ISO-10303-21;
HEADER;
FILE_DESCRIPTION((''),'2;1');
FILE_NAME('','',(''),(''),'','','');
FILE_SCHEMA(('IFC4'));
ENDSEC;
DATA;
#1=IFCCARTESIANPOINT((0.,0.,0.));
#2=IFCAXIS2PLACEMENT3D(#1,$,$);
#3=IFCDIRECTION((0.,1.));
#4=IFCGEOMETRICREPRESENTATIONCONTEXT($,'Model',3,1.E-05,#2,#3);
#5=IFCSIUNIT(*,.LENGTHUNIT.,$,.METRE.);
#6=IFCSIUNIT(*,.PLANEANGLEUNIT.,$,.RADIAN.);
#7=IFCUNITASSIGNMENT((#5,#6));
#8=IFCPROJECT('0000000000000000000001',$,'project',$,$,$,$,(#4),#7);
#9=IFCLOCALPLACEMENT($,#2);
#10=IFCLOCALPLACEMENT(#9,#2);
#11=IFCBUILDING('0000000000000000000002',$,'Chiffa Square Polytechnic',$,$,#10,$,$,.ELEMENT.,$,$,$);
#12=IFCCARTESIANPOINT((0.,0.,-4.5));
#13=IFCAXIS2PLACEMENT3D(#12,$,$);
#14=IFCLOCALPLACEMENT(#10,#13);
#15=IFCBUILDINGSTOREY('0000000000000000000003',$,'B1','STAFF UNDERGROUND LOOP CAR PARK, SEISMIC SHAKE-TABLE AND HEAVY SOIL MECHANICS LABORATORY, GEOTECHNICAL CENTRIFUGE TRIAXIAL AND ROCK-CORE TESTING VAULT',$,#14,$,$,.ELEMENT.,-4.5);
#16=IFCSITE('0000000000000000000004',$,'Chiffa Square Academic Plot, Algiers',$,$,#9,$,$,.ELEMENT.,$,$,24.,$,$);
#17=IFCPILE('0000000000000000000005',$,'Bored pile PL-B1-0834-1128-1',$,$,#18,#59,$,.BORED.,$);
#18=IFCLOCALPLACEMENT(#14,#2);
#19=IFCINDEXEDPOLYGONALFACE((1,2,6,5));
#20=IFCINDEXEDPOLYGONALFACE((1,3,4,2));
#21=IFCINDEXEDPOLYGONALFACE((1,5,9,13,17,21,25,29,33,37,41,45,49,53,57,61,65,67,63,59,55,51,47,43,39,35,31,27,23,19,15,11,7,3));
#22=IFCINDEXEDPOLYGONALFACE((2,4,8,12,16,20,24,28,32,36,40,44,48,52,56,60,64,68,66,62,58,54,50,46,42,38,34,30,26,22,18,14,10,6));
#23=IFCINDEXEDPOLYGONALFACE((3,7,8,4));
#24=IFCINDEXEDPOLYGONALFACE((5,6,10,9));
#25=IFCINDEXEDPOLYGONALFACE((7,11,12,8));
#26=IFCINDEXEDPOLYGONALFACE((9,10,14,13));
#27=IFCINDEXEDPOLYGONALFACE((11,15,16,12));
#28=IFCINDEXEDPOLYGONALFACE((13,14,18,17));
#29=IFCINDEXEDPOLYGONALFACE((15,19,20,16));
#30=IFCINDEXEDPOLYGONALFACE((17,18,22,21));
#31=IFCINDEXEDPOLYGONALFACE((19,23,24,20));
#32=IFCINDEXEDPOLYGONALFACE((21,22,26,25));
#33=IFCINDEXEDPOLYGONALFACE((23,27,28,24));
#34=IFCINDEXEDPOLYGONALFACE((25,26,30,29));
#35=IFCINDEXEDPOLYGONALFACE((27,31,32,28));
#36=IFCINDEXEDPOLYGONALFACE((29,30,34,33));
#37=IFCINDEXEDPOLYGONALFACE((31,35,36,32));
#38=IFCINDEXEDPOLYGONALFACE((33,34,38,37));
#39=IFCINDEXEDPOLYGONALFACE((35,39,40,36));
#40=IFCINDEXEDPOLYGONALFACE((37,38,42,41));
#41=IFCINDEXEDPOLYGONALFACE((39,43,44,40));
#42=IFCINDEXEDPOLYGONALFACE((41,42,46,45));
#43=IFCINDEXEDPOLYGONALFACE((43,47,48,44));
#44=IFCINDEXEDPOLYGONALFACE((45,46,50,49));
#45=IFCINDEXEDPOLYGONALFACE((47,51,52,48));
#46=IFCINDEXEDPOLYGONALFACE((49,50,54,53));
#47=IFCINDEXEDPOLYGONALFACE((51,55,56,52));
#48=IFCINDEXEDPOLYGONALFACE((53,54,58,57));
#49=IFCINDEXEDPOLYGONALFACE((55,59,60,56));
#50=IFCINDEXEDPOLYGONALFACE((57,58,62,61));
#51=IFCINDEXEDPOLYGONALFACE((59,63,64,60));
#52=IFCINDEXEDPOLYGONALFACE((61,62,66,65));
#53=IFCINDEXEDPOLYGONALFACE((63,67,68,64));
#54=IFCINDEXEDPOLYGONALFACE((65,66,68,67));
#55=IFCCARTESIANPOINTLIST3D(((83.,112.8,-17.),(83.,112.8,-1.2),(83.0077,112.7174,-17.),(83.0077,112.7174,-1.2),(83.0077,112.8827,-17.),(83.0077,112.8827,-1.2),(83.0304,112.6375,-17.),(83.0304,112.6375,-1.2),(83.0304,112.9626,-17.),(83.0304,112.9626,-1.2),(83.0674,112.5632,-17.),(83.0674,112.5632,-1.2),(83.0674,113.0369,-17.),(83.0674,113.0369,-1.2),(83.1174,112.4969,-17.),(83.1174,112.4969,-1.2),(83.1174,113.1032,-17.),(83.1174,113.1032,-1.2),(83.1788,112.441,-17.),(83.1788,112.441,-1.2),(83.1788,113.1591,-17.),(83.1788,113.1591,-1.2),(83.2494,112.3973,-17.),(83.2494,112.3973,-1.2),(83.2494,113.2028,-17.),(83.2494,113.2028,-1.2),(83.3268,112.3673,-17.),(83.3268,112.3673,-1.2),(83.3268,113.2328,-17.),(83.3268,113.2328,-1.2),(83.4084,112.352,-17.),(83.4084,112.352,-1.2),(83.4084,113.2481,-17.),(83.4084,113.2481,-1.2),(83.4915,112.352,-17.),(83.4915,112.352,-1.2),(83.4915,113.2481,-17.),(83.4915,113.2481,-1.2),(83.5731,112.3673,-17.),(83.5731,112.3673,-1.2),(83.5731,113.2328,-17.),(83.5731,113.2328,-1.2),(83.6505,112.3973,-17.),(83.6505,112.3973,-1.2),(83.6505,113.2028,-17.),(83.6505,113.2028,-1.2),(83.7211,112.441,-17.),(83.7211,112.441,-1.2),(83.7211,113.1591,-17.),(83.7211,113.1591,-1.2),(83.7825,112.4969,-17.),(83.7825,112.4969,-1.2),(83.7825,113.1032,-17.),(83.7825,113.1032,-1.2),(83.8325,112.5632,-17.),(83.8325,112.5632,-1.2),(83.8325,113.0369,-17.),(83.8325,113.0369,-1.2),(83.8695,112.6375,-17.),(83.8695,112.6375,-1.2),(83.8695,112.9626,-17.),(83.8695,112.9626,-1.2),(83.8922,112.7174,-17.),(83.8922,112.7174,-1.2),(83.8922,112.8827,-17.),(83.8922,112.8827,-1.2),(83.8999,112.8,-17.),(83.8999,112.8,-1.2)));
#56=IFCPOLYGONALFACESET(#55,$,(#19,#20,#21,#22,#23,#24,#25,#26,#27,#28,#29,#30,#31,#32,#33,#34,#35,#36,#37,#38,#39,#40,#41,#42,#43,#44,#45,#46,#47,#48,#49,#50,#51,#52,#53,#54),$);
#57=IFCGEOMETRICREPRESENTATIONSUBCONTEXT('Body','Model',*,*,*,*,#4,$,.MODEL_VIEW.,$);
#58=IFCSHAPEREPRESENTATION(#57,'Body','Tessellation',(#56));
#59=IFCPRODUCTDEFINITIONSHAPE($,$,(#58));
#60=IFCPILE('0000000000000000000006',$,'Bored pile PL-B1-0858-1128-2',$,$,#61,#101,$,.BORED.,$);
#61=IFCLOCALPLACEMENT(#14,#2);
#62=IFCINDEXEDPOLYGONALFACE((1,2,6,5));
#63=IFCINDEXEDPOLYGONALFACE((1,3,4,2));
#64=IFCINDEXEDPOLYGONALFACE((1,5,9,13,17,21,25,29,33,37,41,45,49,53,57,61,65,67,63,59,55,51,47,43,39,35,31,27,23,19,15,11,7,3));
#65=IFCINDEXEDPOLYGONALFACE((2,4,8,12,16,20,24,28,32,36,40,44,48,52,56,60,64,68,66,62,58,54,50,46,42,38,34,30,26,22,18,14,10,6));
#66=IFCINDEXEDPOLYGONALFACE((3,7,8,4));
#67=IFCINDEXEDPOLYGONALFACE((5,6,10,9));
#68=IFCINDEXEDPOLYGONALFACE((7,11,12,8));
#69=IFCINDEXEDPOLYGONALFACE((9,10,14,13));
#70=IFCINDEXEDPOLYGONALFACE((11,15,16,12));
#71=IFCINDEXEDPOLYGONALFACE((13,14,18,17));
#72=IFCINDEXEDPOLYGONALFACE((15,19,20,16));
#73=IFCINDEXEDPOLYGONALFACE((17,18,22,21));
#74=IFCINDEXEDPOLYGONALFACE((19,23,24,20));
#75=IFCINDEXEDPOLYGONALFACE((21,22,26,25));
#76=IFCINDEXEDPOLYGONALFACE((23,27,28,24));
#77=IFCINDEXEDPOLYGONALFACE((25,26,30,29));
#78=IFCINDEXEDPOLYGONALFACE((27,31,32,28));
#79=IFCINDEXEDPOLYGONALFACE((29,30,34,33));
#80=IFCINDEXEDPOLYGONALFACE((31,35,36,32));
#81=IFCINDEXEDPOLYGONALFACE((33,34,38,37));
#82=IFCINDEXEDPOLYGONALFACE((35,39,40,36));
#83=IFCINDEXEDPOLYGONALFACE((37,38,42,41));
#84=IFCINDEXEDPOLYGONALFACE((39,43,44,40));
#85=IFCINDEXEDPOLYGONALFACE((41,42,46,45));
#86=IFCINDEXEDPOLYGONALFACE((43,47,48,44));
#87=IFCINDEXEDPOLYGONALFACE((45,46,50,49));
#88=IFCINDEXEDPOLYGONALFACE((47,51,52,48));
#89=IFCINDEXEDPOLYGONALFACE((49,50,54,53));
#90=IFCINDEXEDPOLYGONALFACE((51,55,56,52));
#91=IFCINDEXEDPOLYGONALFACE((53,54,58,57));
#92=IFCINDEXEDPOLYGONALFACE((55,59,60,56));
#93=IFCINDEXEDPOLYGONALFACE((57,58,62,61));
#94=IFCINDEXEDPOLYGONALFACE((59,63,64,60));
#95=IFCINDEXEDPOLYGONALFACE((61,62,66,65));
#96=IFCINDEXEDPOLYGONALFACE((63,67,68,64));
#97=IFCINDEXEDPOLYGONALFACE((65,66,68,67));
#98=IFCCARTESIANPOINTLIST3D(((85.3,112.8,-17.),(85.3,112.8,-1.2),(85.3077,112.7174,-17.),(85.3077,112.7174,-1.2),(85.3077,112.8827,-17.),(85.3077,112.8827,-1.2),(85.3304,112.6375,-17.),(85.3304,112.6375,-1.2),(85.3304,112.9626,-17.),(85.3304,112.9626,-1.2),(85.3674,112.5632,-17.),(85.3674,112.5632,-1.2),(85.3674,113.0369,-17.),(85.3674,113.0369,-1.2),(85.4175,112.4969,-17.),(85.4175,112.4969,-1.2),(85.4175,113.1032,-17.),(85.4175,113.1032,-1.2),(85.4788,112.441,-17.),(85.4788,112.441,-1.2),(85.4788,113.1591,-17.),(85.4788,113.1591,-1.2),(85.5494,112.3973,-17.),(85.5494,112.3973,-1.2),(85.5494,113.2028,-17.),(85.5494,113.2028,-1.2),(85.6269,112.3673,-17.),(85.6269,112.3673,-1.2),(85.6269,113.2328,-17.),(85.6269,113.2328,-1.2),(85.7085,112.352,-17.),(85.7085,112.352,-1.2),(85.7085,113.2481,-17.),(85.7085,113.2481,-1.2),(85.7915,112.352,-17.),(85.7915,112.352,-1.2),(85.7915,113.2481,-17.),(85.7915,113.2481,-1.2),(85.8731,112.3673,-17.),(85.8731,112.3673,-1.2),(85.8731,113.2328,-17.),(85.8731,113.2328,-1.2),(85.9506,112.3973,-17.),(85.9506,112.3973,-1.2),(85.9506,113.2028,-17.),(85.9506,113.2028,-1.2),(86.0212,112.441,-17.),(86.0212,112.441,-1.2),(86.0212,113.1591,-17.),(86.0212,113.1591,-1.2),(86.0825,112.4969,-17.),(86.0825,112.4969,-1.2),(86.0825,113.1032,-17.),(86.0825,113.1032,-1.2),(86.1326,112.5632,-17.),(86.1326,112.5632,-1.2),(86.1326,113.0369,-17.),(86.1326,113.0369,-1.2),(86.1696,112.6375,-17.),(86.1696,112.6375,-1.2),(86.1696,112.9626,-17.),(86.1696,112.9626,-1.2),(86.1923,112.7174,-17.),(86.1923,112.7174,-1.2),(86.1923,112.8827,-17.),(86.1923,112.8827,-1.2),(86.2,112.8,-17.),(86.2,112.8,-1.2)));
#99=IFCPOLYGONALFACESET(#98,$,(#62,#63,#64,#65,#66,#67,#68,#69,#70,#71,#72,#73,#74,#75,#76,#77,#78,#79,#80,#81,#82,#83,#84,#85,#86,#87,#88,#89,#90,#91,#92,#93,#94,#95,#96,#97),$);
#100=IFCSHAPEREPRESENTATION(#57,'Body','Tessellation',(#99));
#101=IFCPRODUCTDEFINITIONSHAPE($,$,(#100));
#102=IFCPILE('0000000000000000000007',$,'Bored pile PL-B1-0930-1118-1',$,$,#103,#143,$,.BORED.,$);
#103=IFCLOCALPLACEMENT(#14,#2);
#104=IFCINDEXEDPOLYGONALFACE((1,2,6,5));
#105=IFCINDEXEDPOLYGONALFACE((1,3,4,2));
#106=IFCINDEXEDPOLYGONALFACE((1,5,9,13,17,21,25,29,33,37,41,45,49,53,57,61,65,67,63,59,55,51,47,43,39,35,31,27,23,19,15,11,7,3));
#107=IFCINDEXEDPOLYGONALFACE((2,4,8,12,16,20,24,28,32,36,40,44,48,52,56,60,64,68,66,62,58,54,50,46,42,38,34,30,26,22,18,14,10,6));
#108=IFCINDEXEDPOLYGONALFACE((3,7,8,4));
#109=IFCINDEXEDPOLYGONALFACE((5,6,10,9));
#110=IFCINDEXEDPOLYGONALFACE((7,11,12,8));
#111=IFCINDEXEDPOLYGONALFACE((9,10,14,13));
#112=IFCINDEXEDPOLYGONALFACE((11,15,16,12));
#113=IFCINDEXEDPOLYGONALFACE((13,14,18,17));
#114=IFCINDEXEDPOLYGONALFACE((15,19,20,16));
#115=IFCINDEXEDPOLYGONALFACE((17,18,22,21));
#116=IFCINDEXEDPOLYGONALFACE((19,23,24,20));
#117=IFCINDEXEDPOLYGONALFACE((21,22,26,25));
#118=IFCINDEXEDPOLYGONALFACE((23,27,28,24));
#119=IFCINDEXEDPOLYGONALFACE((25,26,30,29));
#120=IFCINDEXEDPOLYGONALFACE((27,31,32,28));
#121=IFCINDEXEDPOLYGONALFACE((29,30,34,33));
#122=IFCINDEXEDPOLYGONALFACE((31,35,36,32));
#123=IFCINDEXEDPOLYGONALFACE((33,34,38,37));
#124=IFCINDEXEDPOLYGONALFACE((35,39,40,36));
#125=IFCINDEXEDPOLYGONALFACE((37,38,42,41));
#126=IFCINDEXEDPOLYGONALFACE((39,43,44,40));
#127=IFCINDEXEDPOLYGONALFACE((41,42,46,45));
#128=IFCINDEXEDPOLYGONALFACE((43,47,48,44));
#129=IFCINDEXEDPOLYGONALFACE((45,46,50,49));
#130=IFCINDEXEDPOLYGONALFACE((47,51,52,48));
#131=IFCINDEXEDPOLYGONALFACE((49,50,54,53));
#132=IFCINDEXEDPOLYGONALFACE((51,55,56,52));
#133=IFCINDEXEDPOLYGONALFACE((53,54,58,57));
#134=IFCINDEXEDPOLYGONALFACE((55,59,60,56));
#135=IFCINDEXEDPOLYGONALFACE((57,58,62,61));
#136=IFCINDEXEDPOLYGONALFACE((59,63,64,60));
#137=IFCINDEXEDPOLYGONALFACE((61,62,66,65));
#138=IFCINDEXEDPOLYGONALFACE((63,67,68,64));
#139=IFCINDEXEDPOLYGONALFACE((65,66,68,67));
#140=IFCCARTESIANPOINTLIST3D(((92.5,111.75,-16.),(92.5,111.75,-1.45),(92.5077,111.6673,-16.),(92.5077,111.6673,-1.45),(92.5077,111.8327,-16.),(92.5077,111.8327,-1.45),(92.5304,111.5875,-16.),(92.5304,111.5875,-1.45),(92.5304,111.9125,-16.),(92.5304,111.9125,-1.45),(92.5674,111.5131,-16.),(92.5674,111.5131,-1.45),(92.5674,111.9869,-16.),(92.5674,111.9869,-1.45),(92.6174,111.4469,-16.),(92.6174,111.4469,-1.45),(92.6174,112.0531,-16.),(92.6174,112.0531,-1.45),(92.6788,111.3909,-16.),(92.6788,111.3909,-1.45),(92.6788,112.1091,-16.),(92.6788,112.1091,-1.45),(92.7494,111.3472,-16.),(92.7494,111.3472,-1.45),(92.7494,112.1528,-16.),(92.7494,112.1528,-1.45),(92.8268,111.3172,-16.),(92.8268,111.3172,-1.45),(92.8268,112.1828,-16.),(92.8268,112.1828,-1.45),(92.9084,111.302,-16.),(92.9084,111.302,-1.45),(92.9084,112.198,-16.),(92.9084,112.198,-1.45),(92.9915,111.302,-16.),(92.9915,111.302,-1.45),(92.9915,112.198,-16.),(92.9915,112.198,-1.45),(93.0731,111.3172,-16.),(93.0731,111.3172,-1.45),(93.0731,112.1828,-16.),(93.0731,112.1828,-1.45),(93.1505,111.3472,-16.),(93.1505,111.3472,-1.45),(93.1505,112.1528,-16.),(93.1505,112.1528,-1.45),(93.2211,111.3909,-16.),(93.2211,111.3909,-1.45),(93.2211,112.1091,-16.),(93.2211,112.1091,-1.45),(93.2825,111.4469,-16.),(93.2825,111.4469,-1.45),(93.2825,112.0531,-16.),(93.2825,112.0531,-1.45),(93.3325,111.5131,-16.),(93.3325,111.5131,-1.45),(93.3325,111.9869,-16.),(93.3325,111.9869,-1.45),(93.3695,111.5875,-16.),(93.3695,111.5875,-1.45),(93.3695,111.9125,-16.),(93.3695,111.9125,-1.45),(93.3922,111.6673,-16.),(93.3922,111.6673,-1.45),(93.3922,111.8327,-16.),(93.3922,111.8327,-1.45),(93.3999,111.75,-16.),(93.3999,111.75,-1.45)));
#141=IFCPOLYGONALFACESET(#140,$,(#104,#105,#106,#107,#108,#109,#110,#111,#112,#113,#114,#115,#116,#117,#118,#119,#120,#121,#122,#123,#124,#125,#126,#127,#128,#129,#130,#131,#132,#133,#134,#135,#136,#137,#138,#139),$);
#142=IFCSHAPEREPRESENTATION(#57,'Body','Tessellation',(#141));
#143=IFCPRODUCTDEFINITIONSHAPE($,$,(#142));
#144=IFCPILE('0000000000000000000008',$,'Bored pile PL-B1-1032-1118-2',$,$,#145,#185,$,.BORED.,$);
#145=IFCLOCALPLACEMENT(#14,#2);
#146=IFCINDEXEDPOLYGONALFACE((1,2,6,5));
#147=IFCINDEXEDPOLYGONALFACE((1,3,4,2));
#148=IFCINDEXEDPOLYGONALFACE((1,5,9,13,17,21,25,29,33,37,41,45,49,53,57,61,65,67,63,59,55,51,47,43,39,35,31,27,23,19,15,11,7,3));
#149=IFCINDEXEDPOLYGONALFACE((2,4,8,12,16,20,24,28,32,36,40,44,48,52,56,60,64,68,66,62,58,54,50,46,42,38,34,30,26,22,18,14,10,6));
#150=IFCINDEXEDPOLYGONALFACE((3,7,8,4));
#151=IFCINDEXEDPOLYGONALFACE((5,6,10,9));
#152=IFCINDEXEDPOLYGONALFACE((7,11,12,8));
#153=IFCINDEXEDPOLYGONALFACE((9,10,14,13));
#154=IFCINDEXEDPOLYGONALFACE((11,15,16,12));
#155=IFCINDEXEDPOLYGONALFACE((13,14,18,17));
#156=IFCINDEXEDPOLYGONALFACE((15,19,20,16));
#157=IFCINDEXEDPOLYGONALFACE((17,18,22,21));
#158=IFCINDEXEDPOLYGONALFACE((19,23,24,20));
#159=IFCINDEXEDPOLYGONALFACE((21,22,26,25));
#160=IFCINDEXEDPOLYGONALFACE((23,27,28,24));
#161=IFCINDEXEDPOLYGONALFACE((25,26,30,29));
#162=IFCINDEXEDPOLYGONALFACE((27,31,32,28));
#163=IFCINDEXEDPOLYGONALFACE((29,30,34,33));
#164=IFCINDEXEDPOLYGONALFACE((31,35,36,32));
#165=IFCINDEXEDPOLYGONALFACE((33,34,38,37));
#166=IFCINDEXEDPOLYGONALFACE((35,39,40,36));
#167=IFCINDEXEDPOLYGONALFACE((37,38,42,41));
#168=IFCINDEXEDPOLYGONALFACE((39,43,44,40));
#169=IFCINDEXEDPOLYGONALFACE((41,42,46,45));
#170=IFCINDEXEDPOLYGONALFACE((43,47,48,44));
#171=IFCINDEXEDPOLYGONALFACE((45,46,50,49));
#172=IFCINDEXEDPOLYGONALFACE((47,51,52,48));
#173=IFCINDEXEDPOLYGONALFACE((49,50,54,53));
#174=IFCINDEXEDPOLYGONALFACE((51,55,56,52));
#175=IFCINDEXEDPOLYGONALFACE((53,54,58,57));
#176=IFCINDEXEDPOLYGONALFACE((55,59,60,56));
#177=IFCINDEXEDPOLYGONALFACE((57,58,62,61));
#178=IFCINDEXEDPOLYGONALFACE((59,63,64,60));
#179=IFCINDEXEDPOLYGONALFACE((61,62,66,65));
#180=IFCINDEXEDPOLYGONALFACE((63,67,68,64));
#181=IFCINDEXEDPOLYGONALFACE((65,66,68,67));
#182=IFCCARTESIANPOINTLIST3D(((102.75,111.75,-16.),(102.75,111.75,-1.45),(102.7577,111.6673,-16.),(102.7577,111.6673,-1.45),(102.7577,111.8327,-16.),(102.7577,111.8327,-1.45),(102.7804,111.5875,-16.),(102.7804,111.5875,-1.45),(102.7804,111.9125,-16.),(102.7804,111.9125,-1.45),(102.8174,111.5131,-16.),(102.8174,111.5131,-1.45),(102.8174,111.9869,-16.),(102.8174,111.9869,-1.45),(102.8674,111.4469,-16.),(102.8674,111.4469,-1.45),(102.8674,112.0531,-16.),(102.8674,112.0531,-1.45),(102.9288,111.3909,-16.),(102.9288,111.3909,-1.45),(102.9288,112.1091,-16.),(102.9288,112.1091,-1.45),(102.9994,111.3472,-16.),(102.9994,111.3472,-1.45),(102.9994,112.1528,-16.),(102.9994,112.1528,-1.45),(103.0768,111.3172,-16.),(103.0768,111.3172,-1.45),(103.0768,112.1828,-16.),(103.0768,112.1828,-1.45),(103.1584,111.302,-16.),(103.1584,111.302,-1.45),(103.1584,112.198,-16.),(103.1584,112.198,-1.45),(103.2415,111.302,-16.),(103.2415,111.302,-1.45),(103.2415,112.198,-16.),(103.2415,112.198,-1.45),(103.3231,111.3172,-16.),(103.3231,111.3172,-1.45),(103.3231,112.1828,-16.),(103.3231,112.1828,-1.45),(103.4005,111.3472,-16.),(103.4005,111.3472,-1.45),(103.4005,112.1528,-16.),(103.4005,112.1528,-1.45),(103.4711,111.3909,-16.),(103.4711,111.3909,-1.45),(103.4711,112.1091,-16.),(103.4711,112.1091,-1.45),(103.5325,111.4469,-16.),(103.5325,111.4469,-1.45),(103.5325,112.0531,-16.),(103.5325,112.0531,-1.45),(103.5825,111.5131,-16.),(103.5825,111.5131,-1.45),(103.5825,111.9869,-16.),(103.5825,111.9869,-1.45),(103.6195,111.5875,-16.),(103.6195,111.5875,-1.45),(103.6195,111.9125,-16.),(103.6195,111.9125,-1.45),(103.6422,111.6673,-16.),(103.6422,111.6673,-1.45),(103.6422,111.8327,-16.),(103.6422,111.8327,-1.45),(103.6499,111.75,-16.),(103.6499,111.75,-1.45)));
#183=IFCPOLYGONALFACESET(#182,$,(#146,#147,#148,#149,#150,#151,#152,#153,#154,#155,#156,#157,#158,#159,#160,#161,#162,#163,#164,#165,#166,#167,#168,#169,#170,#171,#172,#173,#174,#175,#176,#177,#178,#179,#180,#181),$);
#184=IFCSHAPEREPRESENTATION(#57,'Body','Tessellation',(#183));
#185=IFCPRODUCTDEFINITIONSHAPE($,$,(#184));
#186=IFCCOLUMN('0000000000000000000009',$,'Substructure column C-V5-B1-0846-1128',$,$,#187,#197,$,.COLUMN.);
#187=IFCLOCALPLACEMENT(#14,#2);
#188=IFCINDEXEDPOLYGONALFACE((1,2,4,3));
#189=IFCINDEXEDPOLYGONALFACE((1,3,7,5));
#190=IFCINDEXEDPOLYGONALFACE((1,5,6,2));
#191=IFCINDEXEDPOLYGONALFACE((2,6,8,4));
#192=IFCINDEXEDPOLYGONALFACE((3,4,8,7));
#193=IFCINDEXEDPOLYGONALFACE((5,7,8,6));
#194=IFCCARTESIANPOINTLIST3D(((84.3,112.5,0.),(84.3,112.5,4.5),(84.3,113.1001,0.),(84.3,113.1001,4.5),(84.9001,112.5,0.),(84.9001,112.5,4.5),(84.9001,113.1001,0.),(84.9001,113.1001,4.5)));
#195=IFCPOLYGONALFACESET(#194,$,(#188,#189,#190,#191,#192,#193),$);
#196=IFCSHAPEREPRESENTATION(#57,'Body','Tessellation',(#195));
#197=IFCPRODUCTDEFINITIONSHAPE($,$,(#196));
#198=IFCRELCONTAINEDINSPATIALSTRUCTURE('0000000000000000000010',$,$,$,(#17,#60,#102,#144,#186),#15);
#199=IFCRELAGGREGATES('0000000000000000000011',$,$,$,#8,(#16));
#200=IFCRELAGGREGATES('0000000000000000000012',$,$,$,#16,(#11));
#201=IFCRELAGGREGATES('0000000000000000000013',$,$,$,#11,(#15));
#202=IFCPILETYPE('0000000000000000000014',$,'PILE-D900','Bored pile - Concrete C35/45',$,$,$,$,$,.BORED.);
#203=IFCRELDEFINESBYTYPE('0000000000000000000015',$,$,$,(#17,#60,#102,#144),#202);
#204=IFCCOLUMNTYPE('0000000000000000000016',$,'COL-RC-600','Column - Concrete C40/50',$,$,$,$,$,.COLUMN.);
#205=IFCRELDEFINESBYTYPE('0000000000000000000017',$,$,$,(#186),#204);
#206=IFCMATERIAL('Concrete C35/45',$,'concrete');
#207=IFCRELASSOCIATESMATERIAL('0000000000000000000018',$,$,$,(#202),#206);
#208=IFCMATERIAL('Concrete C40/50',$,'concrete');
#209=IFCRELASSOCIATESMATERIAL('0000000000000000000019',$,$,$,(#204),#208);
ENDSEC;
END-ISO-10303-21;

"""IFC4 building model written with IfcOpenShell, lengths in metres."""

from ifc_helpers import new_model, si_unit, direction, frame, origin, origin_2d, place, context, subcontext, project, spatial, rectangle, circle, extrude, material, material_profile, profile_set, type_object, element, save


model = new_model("IFC4")

# Units and contexts
model_context = context("Model", 3, precision=1e-05, world=origin(), true_north=direction((0.0, 1.0)))
body_context = subcontext(model_context, "Body", "Model", "MODEL_VIEW")
ifc_project = project(units=[si_unit("LENGTHUNIT", "METRE"), si_unit("PLANEANGLEUNIT", "RADIAN")], contexts=[model_context])

# Site, building, storey
site_placement = place(None, origin())
site = spatial("IfcSite", under=ifc_project, at=site_placement, Name="Chiffa Square Academic Plot, Algiers", CompositionType="ELEMENT", RefElevation=24.0)
building_placement = place(site_placement, origin())
building = spatial("IfcBuilding", under=site, at=building_placement, Name="Chiffa Square Polytechnic", CompositionType="ELEMENT")
storey_placement = place(building_placement, frame((0.0, 0.0, -4.5)))
storey = spatial("IfcBuildingStorey", under=building, at=storey_placement, Name="B1", Description="STAFF UNDERGROUND LOOP CAR PARK, SEISMIC SHAKE-TABLE AND HEAVY SOIL MECHANICS LABORATORY, GEOTECHNICAL CENTRIFUGE TRIAXIAL AND ROCK-CORE TESTING VAULT", CompositionType="ELEMENT", Elevation=-4.5)

# Shared definitions
ifc_material_1 = material(Name="Concrete C35/45", Category="concrete")

# Piles
ifc_material_profile_1 = material_profile(ifc_material_1, circle(Radius=0.45, at=origin_2d()), Name="PILE D900")
ifc_profile_set_1 = profile_set([ifc_material_profile_1], Name="Concrete C35/45")
pile_type_1 = type_object("IfcPileType", Name="PILE-D900", Description="Bored pile - Concrete C35/45", PredefinedType="BORED", material=ifc_profile_set_1)
for number, where, z_axis, x_axis, name in (
    (1, (83.45, 112.8, -1.2), (0.0, 0.0, -1.0), (1.0, 0.0, 0.0), "Bored pile PL-B1-0834-1128-1"),
    (2, (85.75, 112.8, -1.2), (0.0, 0.0, -1.0), (1.0, 0.0, 0.0), "Bored pile PL-B1-0858-1128-2"),
):
    element("IfcPile", number, at=place(storey_placement, frame(where, z_axis=z_axis, x_axis=x_axis)), inside=storey, type_object=pile_type_1, Name=name, PredefinedType="BORED", context=body_context, shape_type="SweptSolid", body=[
        extrude(circle(Radius=0.45, at=origin_2d()), origin(), (0.0, 0.0, 1.0), 15.8),
    ])
for number, where, z_axis, x_axis, name in (
    (3, (92.95, 111.75, -1.45), (0.0, 0.0, -1.0), (1.0, 0.0, 0.0), "Bored pile PL-B1-0930-1118-1"),
    (4, (103.2, 111.75, -1.45), (0.0, 0.0, -1.0), (1.0, 0.0, 0.0), "Bored pile PL-B1-1032-1118-2"),
):
    element("IfcPile", number, at=place(storey_placement, frame(where, z_axis=z_axis, x_axis=x_axis)), inside=storey, type_object=pile_type_1, Name=name, PredefinedType="BORED", context=body_context, shape_type="SweptSolid", body=[
        extrude(circle(Radius=0.45, at=origin_2d()), origin(), (0.0, 0.0, 1.0), 14.55),
    ])

# Column
ifc_material_2 = material(Name="Concrete C40/50", Category="concrete")
ifc_material_profile_2 = material_profile(ifc_material_2, rectangle(XDim=0.6001, YDim=0.6001, at=origin_2d()), Name="RC 600x600")
ifc_profile_set_2 = profile_set([ifc_material_profile_2], Name="Concrete C40/50")
column_type = type_object("IfcColumnType", Name="COL-RC-600", Description="Column - Concrete C40/50", PredefinedType="COLUMN", material=ifc_profile_set_2)
column_placement = place(storey_placement, frame((84.6001, 112.8, 0.0), z_axis=(0.0, 0.0, 1.0), x_axis=(1.0, 0.0, 0.0)))
element("IfcColumn", 5, at=column_placement, inside=storey, type_object=column_type, Name="Substructure column C-V5-B1-0846-1128", PredefinedType="COLUMN", context=body_context, shape_type="SweptSolid", body=[
    extrude(rectangle(XDim=0.6001, YDim=0.6001, at=origin_2d()), origin(), (0.0, 0.0, 1.0), 4.5),
])

save(model, "model.ifc")
